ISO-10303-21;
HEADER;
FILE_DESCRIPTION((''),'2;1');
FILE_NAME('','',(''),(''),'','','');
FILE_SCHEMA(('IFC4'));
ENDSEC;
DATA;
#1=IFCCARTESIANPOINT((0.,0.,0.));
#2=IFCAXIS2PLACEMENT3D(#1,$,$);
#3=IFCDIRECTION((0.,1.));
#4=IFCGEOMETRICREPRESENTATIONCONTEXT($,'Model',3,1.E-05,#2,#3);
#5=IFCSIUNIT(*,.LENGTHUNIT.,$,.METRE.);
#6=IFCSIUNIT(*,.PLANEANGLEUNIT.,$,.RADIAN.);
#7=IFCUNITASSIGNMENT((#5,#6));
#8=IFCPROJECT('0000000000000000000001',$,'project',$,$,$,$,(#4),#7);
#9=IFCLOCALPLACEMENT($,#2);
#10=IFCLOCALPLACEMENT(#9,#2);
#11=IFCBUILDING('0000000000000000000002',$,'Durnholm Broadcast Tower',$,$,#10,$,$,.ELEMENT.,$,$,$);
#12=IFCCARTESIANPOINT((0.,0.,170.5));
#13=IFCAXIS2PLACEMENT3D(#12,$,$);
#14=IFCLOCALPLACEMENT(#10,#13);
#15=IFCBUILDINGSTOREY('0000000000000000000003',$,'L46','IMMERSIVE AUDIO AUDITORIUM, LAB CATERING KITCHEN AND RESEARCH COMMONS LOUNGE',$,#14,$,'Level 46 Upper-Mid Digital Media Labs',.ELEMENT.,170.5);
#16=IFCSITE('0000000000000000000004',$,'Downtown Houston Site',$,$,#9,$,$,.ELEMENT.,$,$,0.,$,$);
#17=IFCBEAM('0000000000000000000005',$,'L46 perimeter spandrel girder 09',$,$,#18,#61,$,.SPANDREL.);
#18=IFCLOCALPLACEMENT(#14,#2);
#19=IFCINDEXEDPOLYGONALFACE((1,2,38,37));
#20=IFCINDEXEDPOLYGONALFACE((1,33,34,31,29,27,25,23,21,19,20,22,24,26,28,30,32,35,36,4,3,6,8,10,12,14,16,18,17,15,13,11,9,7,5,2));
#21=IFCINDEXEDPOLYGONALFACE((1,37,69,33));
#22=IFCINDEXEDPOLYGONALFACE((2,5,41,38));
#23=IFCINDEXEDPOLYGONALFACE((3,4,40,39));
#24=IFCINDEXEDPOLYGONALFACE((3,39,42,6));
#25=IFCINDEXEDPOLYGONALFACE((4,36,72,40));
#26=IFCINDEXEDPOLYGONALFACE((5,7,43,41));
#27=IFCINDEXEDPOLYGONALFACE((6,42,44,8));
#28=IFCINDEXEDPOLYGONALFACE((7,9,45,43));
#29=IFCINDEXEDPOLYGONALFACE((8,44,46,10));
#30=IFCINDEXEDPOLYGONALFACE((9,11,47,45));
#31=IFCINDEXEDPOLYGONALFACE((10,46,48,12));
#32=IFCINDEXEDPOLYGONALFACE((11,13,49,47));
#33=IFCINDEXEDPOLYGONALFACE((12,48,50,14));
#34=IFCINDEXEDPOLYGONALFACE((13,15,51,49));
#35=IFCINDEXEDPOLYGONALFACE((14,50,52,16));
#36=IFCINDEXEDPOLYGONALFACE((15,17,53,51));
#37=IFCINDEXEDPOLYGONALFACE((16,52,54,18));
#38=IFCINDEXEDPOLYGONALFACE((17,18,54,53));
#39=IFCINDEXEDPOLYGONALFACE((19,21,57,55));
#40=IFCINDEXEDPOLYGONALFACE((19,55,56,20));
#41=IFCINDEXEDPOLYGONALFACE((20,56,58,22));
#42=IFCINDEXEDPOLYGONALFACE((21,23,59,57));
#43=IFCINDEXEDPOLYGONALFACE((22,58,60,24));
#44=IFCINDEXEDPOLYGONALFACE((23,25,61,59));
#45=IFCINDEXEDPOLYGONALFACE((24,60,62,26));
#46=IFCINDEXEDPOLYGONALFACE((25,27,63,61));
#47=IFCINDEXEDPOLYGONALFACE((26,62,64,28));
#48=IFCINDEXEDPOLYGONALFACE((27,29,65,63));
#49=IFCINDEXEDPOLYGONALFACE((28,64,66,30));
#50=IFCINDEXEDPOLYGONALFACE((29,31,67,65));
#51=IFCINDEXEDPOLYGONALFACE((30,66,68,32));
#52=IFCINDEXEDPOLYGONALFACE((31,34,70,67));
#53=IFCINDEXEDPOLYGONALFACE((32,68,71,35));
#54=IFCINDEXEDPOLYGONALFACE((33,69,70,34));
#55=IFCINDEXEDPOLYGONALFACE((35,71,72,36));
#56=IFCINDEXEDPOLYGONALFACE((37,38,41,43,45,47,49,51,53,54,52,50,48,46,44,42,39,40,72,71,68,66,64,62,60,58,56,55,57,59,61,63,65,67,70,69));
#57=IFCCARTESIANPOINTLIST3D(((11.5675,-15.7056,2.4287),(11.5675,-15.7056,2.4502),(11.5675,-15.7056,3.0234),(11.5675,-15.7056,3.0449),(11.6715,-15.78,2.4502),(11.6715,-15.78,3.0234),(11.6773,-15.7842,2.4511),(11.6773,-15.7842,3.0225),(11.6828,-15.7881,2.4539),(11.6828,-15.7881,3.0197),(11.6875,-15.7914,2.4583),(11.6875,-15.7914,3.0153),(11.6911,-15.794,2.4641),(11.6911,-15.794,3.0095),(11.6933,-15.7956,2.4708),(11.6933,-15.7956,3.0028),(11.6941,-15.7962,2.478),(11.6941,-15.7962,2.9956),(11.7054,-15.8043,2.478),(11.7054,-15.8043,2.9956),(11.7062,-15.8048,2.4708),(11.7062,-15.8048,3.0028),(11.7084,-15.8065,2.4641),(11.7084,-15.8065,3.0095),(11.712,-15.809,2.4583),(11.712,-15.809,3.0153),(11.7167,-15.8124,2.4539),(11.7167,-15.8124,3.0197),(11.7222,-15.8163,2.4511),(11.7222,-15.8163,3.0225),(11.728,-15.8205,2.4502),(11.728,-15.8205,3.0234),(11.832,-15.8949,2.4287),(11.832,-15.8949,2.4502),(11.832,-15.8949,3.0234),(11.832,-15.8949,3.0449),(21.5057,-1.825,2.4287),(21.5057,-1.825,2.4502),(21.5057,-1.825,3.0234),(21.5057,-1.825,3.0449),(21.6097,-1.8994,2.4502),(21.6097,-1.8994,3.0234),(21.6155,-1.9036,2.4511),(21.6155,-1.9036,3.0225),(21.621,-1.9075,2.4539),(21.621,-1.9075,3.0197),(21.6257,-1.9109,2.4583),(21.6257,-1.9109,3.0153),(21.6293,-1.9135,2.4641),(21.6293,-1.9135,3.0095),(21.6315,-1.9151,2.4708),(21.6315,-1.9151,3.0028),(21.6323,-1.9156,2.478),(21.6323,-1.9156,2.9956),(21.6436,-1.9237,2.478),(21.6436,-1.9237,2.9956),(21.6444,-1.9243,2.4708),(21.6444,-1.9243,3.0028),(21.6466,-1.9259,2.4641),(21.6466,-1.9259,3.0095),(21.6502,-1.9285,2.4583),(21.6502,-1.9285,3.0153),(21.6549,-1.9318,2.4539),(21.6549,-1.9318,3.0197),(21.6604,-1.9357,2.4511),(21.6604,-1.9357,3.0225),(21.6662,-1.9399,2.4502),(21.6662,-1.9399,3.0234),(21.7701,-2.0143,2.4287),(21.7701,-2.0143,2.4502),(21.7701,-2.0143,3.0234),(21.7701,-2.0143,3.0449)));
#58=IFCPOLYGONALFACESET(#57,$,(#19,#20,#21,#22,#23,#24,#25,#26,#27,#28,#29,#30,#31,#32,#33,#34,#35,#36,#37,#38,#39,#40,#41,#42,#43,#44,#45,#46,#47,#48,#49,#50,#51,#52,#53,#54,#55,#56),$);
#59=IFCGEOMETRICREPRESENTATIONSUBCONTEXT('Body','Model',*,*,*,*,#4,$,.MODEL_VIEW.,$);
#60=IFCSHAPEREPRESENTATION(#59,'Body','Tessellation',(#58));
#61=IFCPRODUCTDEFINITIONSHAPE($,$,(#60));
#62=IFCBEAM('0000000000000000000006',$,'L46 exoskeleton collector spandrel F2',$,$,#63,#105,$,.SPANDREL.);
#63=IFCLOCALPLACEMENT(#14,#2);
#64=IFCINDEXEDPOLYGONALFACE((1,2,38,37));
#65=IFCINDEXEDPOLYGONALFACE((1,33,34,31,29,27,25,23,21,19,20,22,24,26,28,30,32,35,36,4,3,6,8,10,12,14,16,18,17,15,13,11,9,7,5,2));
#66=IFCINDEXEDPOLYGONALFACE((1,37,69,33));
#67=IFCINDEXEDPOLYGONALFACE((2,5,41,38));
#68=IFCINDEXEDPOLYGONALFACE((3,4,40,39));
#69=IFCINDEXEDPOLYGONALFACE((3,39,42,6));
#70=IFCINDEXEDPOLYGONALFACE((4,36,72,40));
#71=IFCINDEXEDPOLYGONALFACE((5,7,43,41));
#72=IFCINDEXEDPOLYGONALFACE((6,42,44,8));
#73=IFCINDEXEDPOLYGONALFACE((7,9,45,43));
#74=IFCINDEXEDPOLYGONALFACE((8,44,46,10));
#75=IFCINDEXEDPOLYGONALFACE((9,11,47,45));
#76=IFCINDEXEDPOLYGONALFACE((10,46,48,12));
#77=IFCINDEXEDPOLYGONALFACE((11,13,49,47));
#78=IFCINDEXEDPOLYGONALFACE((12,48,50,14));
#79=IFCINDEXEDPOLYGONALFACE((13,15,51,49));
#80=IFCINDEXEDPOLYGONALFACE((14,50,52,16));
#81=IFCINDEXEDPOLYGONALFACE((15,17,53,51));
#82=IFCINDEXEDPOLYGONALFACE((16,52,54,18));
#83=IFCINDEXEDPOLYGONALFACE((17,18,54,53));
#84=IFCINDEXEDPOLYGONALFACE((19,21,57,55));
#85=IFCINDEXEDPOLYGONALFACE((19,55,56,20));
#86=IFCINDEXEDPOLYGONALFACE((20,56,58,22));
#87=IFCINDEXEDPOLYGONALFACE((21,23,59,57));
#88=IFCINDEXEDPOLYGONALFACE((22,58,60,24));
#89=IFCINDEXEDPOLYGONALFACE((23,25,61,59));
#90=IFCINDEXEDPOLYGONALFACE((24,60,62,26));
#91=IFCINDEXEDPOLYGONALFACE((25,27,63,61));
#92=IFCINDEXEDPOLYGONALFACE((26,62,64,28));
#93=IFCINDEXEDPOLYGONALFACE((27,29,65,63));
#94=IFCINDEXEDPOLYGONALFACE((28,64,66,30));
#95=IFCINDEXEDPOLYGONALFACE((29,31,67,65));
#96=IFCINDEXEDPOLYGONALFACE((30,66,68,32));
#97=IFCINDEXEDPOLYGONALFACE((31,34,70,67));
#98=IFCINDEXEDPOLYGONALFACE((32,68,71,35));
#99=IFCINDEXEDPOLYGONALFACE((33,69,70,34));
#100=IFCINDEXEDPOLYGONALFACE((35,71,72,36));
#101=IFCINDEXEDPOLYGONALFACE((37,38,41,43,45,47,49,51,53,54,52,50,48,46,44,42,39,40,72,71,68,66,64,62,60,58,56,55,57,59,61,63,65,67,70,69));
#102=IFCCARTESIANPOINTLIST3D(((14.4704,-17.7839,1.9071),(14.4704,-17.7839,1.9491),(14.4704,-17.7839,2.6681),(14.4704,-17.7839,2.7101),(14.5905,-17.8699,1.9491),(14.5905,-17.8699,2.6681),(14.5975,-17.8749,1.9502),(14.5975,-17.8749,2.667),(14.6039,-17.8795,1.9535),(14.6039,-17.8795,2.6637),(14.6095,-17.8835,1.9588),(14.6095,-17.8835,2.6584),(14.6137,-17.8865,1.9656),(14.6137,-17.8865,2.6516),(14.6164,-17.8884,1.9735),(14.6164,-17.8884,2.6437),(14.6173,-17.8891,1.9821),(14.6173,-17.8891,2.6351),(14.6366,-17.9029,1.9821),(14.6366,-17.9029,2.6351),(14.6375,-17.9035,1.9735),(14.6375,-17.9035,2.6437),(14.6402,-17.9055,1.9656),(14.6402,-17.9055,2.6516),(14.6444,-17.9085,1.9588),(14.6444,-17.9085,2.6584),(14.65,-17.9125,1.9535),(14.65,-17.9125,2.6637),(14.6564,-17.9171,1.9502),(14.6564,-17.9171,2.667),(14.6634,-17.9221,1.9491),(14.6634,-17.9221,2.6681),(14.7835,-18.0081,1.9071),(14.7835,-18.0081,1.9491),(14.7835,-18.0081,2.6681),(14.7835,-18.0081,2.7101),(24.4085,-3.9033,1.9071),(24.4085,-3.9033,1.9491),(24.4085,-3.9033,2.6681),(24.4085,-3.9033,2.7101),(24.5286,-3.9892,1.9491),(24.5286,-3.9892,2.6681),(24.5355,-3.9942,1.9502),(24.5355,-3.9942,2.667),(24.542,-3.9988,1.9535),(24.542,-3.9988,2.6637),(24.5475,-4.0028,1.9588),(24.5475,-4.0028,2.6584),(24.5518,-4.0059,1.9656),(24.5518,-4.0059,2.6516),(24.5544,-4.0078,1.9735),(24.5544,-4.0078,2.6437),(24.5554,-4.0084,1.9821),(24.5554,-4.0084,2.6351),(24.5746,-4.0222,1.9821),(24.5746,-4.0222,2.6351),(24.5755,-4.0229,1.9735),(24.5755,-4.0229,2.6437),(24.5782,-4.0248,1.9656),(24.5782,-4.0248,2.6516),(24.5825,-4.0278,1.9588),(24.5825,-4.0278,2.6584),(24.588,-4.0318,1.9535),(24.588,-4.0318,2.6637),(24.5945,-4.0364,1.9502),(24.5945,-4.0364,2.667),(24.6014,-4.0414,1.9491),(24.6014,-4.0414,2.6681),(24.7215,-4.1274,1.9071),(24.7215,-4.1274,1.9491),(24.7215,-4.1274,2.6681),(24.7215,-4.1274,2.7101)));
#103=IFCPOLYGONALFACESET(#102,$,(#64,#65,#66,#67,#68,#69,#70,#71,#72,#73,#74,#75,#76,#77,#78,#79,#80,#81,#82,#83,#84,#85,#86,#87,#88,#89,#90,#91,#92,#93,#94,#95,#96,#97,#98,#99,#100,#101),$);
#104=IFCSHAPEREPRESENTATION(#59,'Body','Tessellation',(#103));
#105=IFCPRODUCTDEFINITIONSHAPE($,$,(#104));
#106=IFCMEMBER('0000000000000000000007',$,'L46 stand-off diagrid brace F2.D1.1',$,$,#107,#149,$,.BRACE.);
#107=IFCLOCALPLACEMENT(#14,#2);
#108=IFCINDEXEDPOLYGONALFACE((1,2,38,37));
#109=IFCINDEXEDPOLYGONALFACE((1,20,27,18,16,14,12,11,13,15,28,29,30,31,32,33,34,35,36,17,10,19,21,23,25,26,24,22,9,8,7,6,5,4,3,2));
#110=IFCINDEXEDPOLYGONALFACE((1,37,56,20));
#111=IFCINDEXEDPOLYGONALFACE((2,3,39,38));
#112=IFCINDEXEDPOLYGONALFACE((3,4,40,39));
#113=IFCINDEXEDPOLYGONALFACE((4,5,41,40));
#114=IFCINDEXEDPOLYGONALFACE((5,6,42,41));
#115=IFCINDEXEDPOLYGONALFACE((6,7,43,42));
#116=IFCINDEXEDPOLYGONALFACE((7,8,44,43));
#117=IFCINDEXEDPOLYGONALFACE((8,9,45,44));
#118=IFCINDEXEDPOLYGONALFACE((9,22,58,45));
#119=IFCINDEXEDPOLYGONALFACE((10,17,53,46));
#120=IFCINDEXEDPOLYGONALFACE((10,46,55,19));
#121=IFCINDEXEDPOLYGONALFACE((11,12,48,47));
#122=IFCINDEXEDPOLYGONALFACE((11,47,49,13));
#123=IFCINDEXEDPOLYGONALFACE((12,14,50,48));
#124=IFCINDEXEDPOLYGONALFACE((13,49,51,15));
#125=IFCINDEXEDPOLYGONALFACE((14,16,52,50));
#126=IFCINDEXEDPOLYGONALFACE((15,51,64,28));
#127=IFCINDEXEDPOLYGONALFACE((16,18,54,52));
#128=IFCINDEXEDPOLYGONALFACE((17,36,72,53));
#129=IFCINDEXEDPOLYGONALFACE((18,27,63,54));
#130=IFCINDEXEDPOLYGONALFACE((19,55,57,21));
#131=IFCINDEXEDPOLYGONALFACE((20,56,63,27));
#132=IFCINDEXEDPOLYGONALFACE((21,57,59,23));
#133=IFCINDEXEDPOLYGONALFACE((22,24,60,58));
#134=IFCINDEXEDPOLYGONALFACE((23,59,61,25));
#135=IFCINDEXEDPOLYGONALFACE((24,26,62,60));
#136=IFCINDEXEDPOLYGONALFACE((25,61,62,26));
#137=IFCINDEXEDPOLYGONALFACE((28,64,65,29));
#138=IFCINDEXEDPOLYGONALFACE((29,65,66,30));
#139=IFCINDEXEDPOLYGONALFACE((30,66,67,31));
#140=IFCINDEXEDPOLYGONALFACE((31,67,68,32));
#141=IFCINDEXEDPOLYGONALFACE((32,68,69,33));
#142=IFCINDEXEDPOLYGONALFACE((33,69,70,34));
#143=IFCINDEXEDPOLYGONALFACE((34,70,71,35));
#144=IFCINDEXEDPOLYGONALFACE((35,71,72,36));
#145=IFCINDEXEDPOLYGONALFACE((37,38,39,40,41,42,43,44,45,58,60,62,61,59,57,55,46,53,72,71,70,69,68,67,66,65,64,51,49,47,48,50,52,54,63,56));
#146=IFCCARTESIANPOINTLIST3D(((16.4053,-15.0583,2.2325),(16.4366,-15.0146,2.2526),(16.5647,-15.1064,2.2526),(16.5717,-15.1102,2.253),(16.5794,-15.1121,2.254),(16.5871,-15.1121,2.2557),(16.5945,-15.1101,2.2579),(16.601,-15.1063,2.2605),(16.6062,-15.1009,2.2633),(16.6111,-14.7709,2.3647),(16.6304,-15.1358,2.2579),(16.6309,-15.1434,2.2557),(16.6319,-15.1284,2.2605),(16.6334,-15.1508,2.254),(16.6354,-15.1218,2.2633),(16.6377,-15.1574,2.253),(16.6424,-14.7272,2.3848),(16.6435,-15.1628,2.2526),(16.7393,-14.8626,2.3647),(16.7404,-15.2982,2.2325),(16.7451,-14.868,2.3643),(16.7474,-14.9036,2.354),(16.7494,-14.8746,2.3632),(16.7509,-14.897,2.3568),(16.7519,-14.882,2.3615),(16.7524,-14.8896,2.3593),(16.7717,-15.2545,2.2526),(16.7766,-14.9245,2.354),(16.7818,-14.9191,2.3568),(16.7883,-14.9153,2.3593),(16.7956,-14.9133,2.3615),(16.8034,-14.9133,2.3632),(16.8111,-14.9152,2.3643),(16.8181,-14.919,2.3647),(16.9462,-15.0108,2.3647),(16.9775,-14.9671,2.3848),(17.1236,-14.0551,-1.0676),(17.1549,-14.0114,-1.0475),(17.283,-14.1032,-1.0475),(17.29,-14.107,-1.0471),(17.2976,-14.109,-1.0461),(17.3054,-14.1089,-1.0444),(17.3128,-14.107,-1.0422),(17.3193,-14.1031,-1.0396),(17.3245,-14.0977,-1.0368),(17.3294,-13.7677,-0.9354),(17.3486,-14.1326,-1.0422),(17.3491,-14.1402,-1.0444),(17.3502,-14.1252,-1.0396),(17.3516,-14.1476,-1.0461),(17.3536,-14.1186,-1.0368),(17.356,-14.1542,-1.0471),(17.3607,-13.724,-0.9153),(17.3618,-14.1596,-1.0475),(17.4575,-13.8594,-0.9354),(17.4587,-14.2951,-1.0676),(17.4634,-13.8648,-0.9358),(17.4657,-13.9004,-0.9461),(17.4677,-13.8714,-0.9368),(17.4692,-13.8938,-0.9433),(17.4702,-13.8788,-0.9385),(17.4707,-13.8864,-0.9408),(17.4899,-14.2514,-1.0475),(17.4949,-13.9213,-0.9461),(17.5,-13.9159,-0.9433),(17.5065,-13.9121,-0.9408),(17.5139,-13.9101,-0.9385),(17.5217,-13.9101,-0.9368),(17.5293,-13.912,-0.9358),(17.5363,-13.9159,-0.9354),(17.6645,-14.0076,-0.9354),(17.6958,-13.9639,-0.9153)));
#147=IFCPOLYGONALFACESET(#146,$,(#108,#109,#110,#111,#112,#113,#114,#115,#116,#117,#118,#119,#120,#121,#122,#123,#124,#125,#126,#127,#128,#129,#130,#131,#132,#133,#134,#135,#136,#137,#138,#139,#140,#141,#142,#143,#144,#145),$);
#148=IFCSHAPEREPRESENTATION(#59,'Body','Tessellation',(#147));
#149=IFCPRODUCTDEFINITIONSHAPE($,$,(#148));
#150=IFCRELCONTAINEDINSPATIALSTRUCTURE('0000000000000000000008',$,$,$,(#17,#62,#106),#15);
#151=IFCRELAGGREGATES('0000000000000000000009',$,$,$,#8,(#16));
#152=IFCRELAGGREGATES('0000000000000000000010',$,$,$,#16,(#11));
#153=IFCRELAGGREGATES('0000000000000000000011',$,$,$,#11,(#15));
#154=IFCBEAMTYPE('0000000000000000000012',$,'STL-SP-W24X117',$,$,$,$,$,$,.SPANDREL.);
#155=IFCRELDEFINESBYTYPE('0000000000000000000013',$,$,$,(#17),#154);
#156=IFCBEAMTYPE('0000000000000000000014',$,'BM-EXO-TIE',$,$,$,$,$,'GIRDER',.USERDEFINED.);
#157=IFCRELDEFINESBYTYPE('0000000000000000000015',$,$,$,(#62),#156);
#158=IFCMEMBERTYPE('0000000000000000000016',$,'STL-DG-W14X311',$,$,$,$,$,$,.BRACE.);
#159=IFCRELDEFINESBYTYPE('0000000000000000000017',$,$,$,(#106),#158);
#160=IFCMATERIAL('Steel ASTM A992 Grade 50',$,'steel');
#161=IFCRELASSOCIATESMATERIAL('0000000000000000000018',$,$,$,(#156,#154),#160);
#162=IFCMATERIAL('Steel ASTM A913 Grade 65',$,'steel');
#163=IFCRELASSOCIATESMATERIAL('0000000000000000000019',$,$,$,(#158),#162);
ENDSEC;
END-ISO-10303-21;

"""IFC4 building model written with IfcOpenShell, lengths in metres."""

from ifc_helpers import new_model, si_unit, direction, frame, origin, origin_2d, place, context, subcontext, project, spatial, i_section, extrude, source, transform, mapped, material, material_profile, profile_set, type_object, type_shapes, element, save


model = new_model("IFC4")

# Units and contexts
model_context = context("Model", 3, precision=1e-05, world=origin(), true_north=direction((0.0, 1.0)))
body_context = subcontext(model_context, "Body", "Model", "MODEL_VIEW")
ifc_project = project(units=[si_unit("LENGTHUNIT", "METRE"), si_unit("PLANEANGLEUNIT", "RADIAN")], contexts=[model_context])

# Site, building, storey
site_placement = place(None, origin())
site = spatial("IfcSite", under=ifc_project, at=site_placement, Name="Downtown Houston Site", CompositionType="ELEMENT", RefElevation=0.0)
building_placement = place(site_placement, origin())
building = spatial("IfcBuilding", under=site, at=building_placement, Name="Durnholm Broadcast Tower", CompositionType="ELEMENT")
storey_placement = place(building_placement, frame((0.0, 0.0, 170.5)))
storey = spatial("IfcBuildingStorey", under=building, at=storey_placement, Name="L46", Description="IMMERSIVE AUDIO AUDITORIUM, LAB CATERING KITCHEN AND RESEARCH COMMONS LOUNGE", LongName="Level 46 Upper-Mid Digital Media Labs", CompositionType="ELEMENT", Elevation=170.5)

# Beams
ifc_material_1 = material(Name="Steel ASTM A992 Grade 50", Category="steel")
ifc_material_profile_1 = material_profile(ifc_material_1, i_section(OverallWidth=0.385, OverallDepth=0.803, WebThickness=0.0237, FlangeThickness=0.042, FilletRadius=0.033, at=origin_2d()), Name="W30X261")
ifc_profile_set_1 = profile_set([ifc_material_profile_1], Name="Steel ASTM A992 Grade 50")
beam_type_1 = type_object("IfcBeamType", Name="BM-EXO-TIE", ElementType="GIRDER", PredefinedType="USERDEFINED", material=ifc_profile_set_1)
ifc_material_profile_2 = material_profile(ifc_material_1, i_section(OverallWidth=0.3252, OverallDepth=0.6162, WebThickness=0.0139, FlangeThickness=0.0215, FilletRadius=0.0278, at=origin_2d()), Name="W24X117")
ifc_profile_set_2 = profile_set([ifc_material_profile_2], Name="Steel ASTM A992 Grade 50")
beam_type_2 = type_object("IfcBeamType", Name="STL-SP-W24X117", PredefinedType="SPANDREL", material=ifc_profile_set_2)
shared_shape_1 = source(origin(), body_context, "Body", "SweptSolid", [
    extrude(i_section(OverallWidth=0.3252, OverallDepth=0.6162, WebThickness=0.0139, FlangeThickness=0.0215, FilletRadius=0.0278, at=origin_2d()), origin(), (0.0, 0.0, 1.0), 17.0715),
])
beam_1_placement = place(storey_placement, frame((21.6379, -1.9197, 2.7368), z_axis=(-0.58215, -0.813082, 0.0), x_axis=(0.813082, -0.58215, 0.0)))
element("IfcBeam", 1, at=beam_1_placement, inside=storey, type_object=beam_type_2, Name="L46 perimeter spandrel girder 09", PredefinedType="SPANDREL", context=body_context, shape_type="MappedRepresentation", body=[
    mapped(shared_shape_1, transform((0.0, 0.0, 0.0), x_axis=(1.0, 0.0, 0.0), y_axis=(0.0, 1.0, 0.0), z_axis=(0.0, 0.0, 1.0), scale=1.0)),
])
shared_shape_2 = source(origin(), body_context, "Body", "SweptSolid", [
    extrude(i_section(OverallWidth=0.385, OverallDepth=0.803, WebThickness=0.0237, FlangeThickness=0.042, FilletRadius=0.033, at=origin_2d()), origin(), (0.0, 0.0, 1.0), 17.0715),
])
beam_2_placement = place(storey_placement, frame((14.627, -17.896, 2.3086), z_axis=(0.58214, 0.813088, 0.0), x_axis=(-0.813088, 0.58214, 0.0)))
element("IfcBeam", 2, at=beam_2_placement, inside=storey, type_object=beam_type_1, Name="L46 exoskeleton collector spandrel F2", PredefinedType="SPANDREL", context=body_context, shape_type="MappedRepresentation", body=[
    mapped(shared_shape_2, transform((0.0, 0.0, 0.0), x_axis=(1.0, 0.0, 0.0), y_axis=(0.0, 1.0, 0.0), z_axis=(0.0, 0.0, 1.0), scale=1.0)),
])

# Member
ifc_material_2 = material(Name="Steel ASTM A913 Grade 65", Category="steel")
ifc_material_profile_3 = material_profile(ifc_material_2, i_section(OverallWidth=0.4121, OverallDepth=0.4348, WebThickness=0.0359, FlangeThickness=0.0574, FilletRadius=0.0305, at=origin_2d()), Name="W14X311")
ifc_profile_set_3 = profile_set([ifc_material_profile_3], Name="Steel ASTM A913 Grade 65")
member_type_1 = type_object("IfcMemberType", Name="STL-DG-W14X311", PredefinedType="BRACE", material=ifc_profile_set_3)
shared_shape_3 = source(origin(), body_context, "Body", "SweptSolid", [
    extrude(i_section(OverallWidth=0.4121, OverallDepth=0.4348, WebThickness=0.0359, FlangeThickness=0.0574, FilletRadius=0.0305, at=origin_2d()), origin(), (0.0, 0.0, 1.0), 3.5232),
])
type_shapes(member_type_1, [shared_shape_3])
for number, where, z_axis, x_axis, name in (
    (3, (17.4097, -14.0095, -0.9915), (-0.203869, -0.284738, 0.936676), (0.813078, -0.582155, 0.0), "L46 stand-off diagrid brace F2.D1.1"),
):
    element("IfcMember", number, at=place(storey_placement, frame(where, z_axis=z_axis, x_axis=x_axis)), inside=storey, type_object=member_type_1, Name=name, PredefinedType="BRACE", context=body_context, shape_type="MappedRepresentation", body=[
        mapped(shared_shape_3, transform((0.0, 0.0, 0.0), x_axis=(1.0, 0.0, 0.0), y_axis=(0.0, 1.0, 0.0), z_axis=(0.0, 0.0, 1.0), scale=1.0)),
    ])

save(model, "model.ifc")
